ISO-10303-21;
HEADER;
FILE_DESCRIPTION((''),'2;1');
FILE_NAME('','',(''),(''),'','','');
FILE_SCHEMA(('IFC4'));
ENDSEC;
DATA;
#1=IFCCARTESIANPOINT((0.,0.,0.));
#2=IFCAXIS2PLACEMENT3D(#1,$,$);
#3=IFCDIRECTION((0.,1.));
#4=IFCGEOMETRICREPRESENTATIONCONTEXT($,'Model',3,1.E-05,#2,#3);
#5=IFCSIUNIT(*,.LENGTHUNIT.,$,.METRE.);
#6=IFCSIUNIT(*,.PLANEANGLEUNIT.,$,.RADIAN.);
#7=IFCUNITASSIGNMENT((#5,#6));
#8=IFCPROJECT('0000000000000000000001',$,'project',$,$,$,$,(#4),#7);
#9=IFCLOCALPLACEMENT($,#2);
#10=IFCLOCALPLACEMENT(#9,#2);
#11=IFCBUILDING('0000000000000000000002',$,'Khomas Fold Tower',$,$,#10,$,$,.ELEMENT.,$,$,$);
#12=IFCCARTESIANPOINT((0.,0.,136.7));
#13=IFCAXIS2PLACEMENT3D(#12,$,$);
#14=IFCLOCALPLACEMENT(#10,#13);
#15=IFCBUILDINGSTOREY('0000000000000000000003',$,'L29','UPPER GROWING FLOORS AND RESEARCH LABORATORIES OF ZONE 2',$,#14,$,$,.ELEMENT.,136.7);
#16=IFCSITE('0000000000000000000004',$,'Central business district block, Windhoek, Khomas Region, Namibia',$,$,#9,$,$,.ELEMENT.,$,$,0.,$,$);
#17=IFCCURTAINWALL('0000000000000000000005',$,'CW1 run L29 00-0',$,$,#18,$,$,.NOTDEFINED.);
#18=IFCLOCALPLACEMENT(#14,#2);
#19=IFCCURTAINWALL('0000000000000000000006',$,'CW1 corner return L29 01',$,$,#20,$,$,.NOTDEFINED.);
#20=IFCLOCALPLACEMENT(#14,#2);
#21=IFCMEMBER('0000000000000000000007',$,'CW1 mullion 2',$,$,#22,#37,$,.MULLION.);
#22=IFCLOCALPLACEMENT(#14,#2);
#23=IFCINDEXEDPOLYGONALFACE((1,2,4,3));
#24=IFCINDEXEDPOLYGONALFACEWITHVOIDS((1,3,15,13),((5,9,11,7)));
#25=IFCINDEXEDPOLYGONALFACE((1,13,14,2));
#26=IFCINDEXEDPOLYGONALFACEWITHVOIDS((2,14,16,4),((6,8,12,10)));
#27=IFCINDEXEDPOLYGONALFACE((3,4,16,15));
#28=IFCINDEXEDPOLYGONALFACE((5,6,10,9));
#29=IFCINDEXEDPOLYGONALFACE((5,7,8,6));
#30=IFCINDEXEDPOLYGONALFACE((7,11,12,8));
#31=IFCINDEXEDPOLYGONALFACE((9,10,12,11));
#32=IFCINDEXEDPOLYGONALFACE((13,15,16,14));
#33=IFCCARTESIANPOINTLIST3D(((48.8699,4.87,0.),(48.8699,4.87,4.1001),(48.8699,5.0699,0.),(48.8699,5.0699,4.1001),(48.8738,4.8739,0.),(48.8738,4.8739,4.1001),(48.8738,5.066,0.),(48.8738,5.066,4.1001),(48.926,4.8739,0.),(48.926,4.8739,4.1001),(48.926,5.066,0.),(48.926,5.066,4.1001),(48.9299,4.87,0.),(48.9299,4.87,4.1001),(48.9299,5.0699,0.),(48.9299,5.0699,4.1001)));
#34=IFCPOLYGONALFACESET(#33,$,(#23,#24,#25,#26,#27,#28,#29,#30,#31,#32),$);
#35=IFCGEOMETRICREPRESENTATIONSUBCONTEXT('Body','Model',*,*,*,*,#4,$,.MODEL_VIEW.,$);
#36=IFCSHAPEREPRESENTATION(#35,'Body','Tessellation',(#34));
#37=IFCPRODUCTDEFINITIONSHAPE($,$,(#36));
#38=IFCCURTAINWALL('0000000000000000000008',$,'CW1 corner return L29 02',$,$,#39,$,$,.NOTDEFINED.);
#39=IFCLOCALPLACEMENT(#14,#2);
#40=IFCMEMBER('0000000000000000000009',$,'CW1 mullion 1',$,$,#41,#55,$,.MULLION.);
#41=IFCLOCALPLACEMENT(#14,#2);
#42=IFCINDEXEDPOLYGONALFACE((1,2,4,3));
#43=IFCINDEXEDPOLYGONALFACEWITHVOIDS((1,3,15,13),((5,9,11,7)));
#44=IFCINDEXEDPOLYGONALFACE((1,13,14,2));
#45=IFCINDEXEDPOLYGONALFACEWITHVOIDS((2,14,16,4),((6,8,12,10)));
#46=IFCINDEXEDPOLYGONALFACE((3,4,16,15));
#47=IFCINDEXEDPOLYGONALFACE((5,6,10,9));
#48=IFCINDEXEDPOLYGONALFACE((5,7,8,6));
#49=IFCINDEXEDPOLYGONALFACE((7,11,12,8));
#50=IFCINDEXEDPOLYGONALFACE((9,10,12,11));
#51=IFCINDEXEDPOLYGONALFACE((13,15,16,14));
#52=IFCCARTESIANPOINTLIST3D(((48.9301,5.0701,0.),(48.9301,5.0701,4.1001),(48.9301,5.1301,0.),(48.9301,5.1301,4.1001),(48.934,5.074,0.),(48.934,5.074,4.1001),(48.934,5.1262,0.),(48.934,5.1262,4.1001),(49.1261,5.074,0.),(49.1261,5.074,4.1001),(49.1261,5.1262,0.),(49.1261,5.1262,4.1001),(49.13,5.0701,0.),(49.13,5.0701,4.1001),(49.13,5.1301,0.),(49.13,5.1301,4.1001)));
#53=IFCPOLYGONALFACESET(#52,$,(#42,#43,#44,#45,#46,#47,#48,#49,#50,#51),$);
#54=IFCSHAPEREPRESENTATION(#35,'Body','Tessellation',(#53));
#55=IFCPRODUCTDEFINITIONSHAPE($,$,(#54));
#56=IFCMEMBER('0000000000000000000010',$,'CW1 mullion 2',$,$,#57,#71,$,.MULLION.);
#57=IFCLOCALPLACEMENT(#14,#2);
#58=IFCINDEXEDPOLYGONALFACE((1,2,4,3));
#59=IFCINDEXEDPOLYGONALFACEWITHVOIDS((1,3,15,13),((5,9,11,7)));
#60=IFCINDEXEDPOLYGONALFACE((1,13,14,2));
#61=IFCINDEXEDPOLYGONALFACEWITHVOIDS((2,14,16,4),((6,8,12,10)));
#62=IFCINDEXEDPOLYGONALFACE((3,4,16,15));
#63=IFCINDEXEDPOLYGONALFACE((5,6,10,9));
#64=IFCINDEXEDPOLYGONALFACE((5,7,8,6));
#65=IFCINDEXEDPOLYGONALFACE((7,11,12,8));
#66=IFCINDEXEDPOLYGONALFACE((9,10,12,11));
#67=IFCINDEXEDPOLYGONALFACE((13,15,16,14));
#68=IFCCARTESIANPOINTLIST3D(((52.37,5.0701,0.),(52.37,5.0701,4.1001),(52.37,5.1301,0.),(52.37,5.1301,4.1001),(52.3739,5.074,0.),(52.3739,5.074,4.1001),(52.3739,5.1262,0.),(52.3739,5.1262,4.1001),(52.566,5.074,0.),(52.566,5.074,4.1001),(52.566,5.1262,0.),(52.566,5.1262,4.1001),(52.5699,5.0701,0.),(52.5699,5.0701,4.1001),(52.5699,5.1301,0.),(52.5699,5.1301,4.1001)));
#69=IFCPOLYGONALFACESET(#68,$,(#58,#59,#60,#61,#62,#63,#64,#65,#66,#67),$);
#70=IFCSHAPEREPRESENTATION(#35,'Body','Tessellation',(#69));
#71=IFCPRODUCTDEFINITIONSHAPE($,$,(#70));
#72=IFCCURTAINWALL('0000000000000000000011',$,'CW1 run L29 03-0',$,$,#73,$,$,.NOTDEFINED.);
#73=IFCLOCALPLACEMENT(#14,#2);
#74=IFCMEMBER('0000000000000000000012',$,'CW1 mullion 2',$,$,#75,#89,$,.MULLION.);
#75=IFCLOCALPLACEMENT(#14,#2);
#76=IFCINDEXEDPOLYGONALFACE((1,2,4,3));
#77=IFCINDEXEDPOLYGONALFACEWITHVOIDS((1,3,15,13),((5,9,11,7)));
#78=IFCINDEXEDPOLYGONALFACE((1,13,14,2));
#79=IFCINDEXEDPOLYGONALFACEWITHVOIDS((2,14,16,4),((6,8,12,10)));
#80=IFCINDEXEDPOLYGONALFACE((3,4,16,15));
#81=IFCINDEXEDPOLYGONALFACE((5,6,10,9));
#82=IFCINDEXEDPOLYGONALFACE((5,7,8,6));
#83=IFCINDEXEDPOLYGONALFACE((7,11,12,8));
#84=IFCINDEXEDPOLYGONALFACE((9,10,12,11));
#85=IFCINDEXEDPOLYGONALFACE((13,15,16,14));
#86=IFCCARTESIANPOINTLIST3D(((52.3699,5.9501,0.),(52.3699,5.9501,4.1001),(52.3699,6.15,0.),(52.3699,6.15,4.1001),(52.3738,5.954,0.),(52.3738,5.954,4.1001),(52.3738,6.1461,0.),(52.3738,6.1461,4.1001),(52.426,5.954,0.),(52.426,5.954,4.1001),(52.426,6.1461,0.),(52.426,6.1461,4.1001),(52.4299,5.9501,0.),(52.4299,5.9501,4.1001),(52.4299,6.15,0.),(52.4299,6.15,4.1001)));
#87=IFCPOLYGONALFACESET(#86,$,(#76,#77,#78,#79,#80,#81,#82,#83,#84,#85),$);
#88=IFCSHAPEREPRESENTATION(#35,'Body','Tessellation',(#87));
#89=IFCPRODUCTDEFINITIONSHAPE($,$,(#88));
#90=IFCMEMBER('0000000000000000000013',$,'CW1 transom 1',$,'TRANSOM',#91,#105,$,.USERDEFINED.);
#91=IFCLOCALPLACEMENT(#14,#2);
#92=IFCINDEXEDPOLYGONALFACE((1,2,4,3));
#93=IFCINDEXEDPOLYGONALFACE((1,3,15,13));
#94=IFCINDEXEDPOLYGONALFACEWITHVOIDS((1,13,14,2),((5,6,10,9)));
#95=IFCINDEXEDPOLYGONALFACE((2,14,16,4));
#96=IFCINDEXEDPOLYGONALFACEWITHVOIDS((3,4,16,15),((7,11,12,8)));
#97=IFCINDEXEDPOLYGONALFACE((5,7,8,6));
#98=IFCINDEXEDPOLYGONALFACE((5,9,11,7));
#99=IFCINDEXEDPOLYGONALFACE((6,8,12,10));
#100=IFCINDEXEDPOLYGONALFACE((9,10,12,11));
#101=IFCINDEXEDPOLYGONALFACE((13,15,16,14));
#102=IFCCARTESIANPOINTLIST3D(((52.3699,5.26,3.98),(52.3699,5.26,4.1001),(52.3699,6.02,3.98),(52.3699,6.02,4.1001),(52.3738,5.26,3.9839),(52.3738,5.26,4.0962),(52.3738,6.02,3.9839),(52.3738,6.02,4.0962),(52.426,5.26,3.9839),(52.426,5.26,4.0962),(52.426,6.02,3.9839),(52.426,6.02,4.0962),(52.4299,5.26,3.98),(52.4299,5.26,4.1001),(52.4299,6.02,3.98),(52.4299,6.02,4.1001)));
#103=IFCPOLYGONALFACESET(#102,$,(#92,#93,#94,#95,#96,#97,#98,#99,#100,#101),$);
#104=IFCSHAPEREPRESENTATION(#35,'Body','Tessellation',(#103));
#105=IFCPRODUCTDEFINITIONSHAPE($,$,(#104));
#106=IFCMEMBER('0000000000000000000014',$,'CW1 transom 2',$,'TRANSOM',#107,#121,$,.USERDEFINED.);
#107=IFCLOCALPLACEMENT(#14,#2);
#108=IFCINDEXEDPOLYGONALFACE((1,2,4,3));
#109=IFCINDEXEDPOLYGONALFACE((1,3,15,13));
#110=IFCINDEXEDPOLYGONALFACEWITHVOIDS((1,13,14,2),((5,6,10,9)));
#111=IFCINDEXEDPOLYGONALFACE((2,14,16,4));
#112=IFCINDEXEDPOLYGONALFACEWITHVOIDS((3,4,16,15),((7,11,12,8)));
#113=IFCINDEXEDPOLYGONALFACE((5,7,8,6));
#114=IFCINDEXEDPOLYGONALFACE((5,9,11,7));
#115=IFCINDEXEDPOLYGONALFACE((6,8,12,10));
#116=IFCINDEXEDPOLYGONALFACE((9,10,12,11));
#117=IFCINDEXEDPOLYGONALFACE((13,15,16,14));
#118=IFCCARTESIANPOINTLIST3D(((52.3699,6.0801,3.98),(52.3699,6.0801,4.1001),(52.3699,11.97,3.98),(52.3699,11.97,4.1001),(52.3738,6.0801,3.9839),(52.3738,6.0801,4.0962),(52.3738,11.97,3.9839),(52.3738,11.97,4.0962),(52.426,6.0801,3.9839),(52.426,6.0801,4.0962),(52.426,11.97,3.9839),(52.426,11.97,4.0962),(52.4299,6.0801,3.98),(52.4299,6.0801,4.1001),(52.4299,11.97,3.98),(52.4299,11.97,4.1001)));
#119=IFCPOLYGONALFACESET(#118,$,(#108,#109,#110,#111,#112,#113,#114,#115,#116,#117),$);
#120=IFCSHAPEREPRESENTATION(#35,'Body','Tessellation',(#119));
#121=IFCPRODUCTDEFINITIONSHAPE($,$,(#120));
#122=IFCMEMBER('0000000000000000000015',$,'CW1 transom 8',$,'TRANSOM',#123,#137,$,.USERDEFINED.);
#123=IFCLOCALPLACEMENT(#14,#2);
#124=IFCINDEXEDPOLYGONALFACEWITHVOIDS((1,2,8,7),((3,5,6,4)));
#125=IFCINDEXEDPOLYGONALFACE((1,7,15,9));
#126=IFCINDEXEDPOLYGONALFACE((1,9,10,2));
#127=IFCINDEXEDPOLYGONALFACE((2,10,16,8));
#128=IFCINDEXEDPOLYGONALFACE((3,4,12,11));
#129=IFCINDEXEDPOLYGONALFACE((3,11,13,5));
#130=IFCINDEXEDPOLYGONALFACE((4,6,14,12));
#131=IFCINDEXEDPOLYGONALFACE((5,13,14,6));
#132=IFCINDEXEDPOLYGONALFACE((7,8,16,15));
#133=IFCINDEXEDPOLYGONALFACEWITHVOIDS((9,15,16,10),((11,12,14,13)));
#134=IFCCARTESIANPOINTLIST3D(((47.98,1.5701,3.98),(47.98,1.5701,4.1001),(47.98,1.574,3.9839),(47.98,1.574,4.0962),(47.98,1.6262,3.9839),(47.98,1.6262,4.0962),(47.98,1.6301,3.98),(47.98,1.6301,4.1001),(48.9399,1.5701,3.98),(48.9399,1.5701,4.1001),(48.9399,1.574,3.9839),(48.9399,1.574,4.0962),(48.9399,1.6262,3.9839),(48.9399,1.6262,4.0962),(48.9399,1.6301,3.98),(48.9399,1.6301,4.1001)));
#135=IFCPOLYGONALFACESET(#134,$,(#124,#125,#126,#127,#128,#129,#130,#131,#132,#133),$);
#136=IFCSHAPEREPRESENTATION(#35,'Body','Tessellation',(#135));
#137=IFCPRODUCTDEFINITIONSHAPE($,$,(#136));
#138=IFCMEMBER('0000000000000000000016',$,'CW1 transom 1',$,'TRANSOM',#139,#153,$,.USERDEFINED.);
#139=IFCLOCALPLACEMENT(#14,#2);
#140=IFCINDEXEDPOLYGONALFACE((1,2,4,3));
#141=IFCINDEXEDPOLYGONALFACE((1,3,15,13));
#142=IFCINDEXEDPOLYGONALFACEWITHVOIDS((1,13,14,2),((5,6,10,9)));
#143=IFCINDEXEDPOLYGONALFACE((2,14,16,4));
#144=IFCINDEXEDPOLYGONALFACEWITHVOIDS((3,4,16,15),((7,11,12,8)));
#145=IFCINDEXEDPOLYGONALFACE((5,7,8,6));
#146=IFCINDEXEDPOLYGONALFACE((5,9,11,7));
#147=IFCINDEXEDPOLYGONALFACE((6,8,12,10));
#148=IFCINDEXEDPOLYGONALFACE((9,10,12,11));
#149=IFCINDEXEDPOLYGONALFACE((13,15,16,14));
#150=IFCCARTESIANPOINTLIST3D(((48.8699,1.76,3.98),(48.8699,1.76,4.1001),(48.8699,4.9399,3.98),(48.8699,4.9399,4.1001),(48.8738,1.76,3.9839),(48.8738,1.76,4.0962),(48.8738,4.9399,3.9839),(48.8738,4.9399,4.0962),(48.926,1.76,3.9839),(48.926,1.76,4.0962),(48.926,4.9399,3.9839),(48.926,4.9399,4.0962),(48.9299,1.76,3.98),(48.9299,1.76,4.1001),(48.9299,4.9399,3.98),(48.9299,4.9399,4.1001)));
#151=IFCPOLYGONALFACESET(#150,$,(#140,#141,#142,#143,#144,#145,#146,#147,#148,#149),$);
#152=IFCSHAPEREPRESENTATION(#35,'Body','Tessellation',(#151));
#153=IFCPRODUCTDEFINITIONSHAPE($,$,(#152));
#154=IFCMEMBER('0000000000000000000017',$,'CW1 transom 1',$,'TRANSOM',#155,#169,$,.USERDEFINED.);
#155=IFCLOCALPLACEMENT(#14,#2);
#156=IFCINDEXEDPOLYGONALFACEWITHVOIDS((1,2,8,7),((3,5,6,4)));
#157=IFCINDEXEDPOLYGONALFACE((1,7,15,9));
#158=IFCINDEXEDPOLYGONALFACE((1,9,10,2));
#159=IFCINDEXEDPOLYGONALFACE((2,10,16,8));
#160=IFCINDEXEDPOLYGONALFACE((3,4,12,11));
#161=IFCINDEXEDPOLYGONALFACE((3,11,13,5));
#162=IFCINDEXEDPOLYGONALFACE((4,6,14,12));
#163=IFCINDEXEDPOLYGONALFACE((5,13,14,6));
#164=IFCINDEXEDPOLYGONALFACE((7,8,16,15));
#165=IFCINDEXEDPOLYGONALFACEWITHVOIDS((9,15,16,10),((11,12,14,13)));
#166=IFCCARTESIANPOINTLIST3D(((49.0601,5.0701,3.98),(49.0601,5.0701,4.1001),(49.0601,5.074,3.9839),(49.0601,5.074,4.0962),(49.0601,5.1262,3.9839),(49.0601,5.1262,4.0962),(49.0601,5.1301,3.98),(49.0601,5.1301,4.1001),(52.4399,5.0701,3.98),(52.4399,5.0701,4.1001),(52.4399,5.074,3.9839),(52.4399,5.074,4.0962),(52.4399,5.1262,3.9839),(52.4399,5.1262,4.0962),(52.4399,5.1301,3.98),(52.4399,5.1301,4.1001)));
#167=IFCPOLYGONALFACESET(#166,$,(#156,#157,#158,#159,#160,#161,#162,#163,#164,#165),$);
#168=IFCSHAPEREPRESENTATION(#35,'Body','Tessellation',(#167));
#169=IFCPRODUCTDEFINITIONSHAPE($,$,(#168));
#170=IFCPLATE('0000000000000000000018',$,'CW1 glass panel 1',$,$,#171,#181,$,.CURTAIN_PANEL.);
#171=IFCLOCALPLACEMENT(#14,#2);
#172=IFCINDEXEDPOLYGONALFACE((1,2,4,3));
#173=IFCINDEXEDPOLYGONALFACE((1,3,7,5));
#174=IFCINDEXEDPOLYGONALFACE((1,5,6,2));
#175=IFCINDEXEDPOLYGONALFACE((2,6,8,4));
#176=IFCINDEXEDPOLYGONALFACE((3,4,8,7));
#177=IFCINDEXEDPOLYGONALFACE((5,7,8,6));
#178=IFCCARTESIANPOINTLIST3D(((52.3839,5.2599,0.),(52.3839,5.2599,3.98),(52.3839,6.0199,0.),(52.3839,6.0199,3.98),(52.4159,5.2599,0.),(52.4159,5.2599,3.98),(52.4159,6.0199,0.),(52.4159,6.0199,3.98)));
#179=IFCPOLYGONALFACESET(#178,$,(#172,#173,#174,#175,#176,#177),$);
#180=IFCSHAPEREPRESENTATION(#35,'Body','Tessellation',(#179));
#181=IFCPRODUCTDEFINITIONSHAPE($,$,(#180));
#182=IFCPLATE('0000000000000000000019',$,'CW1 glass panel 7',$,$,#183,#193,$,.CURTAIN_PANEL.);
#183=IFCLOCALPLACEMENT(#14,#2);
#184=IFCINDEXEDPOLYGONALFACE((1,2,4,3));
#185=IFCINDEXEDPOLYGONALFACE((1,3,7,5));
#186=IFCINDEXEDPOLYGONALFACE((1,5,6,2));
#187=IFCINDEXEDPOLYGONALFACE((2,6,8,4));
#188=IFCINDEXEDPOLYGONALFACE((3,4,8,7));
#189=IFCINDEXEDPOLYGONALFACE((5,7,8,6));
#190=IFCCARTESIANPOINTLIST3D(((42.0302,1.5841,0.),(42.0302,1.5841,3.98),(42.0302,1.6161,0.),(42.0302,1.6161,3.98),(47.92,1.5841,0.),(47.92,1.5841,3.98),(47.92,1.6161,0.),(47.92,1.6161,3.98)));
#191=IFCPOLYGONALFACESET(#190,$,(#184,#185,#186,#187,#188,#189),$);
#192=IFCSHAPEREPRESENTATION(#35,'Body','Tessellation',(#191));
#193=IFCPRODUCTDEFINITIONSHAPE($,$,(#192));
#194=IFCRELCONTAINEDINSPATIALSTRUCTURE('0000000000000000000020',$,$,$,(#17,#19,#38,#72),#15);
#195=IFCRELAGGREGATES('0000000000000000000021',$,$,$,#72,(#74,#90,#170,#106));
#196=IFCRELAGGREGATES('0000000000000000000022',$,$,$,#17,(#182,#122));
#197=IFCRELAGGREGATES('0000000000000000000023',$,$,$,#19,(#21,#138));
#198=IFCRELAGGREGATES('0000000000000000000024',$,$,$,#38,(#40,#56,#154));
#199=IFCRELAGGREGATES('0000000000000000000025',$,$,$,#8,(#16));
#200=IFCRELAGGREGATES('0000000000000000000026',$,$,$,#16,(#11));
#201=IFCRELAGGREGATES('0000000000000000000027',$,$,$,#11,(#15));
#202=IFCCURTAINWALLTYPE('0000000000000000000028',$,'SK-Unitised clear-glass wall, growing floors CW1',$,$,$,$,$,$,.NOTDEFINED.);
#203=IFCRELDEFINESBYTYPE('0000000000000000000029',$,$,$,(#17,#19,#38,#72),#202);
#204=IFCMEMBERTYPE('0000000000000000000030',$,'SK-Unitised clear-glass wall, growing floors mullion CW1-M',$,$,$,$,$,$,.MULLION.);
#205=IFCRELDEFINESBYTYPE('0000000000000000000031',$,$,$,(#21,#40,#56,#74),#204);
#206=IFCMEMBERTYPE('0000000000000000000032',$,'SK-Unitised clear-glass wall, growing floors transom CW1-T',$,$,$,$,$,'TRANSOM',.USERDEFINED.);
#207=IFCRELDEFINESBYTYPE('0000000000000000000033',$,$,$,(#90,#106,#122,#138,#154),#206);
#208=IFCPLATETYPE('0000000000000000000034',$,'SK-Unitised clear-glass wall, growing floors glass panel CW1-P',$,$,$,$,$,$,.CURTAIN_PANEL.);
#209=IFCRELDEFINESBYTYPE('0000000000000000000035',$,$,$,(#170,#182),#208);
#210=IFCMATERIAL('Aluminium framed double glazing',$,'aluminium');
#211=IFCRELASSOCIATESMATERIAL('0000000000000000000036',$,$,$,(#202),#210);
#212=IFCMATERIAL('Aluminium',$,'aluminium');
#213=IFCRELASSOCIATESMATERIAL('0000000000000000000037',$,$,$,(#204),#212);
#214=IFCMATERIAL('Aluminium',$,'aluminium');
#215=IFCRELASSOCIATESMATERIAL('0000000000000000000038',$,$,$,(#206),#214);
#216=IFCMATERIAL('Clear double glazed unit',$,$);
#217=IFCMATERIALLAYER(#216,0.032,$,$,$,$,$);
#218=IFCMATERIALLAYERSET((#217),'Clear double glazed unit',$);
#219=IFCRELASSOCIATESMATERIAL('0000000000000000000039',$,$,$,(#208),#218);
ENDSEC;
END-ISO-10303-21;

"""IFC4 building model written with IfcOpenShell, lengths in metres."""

from ifc_helpers import new_model, si_unit, direction, frame, origin, origin_2d, place, context, subcontext, project, spatial, rectangle, hollow_rectangle, extrude, source, transform, mapped, material, layer, layer_set, material_profile, profile_set, type_object, element, aggregate, save


model = new_model("IFC4")

# Units and contexts
model_context = context("Model", 3, precision=1e-05, world=origin(), true_north=direction((0.0, 1.0)))
body_context = subcontext(model_context, "Body", "Model", "MODEL_VIEW")
ifc_project = project(units=[si_unit("LENGTHUNIT", "METRE"), si_unit("PLANEANGLEUNIT", "RADIAN")], contexts=[model_context])

# Site, building, storey
site_placement = place(None, origin())
site = spatial("IfcSite", under=ifc_project, at=site_placement, Name="Central business district block, Windhoek, Khomas Region, Namibia", CompositionType="ELEMENT", RefElevation=0.0)
building_placement = place(site_placement, origin())
building = spatial("IfcBuilding", under=site, at=building_placement, Name="Khomas Fold Tower", CompositionType="ELEMENT")
storey_placement = place(building_placement, frame((0.0, 0.0, 136.7)))
storey = spatial("IfcBuildingStorey", under=building, at=storey_placement, Name="L29", Description="UPPER GROWING FLOORS AND RESEARCH LABORATORIES OF ZONE 2", CompositionType="ELEMENT", Elevation=136.7)

# Curtain walls, members
ifc_material_1 = material(Name="Aluminium framed double glazing", Category="aluminium")
curtain_wall_type = type_object("IfcCurtainWallType", Name="SK-Unitised clear-glass wall, growing floors CW1", PredefinedType="NOTDEFINED", material=ifc_material_1)
curtain_wall_1_placement = place(storey_placement, origin())
curtain_wall_1 = element("IfcCurtainWall", 1, at=curtain_wall_1_placement, inside=storey, type_object=curtain_wall_type, Name="CW1 run L29 00-0", PredefinedType="NOTDEFINED")
ifc_material_2 = material(Name="Aluminium", Category="aluminium")
ifc_material_profile_1 = material_profile(ifc_material_2, hollow_rectangle(XDim=0.0601, YDim=0.2, WallThickness=0.0039, at=origin_2d()), Name="SK-Unitised clear-glass wall, growing floors mullion CW1-M")
ifc_profile_set_1 = profile_set([ifc_material_profile_1], Name="Aluminium")
member_type_1 = type_object("IfcMemberType", Name="SK-Unitised clear-glass wall, growing floors mullion CW1-M", PredefinedType="MULLION", material=ifc_profile_set_1)
shared_shape_1 = source(origin(), body_context, "Body", "SweptSolid", [
    extrude(hollow_rectangle(XDim=0.0601, YDim=0.2, WallThickness=0.0039, at=origin_2d()), origin(), (0.0, 0.0, 1.0), 4.1001),
])
curtain_wall_2_placement = place(storey_placement, origin())
curtain_wall_2 = element("IfcCurtainWall", 2, at=curtain_wall_2_placement, inside=storey, type_object=curtain_wall_type, Name="CW1 corner return L29 01", PredefinedType="NOTDEFINED")
member_1_placement = place(storey_placement, frame((48.8999, 4.97, 0.0), z_axis=(0.0, 0.0, 1.0), x_axis=(-1.0, 0.0, 0.0)))
member_1 = element("IfcMember", 3, at=member_1_placement, type_object=member_type_1, Name="CW1 mullion 2", PredefinedType="MULLION", context=body_context, shape_type="MappedRepresentation", body=[
    mapped(shared_shape_1, transform((0.0, 0.0, 0.0))),
])
curtain_wall_3_placement = place(storey_placement, origin())
curtain_wall_3 = element("IfcCurtainWall", 4, at=curtain_wall_3_placement, inside=storey, type_object=curtain_wall_type, Name="CW1 corner return L29 02", PredefinedType="NOTDEFINED")
member_2_placement = place(storey_placement, frame((49.03, 5.1001, 0.0), z_axis=(0.0, 0.0, 1.0), x_axis=(0.0, 1.0, 0.0)))
member_2 = element("IfcMember", 5, at=member_2_placement, type_object=member_type_1, Name="CW1 mullion 1", PredefinedType="MULLION", context=body_context, shape_type="MappedRepresentation", body=[
    mapped(shared_shape_1, transform((0.0, 0.0, 0.0))),
])
member_3_placement = place(storey_placement, frame((52.47, 5.1001, 0.0), z_axis=(0.0, 0.0, 1.0), x_axis=(0.0, 1.0, 0.0)))
member_3 = element("IfcMember", 6, at=member_3_placement, type_object=member_type_1, Name="CW1 mullion 2", PredefinedType="MULLION", context=body_context, shape_type="MappedRepresentation", body=[
    mapped(shared_shape_1, transform((0.0, 0.0, 0.0))),
])
curtain_wall_4_placement = place(storey_placement, origin())
curtain_wall_4 = element("IfcCurtainWall", 7, at=curtain_wall_4_placement, inside=storey, type_object=curtain_wall_type, Name="CW1 run L29 03-0", PredefinedType="NOTDEFINED")
member_4_placement = place(storey_placement, frame((52.3999, 6.05, 0.0), z_axis=(0.0, 0.0, 1.0), x_axis=(-1.0, 0.0, 0.0)))
member_4 = element("IfcMember", 8, at=member_4_placement, type_object=member_type_1, Name="CW1 mullion 2", PredefinedType="MULLION", context=body_context, shape_type="MappedRepresentation", body=[
    mapped(shared_shape_1, transform((0.0, 0.0, 0.0))),
])
ifc_material_3 = material(Name="Aluminium", Category="aluminium")
ifc_material_profile_2 = material_profile(ifc_material_3, hollow_rectangle(XDim=0.0601, YDim=0.1201, WallThickness=0.0039, at=origin_2d()), Name="SK-Unitised clear-glass wall, growing floors transom CW1-T")
ifc_profile_set_2 = profile_set([ifc_material_profile_2], Name="Aluminium")
member_type_2 = type_object("IfcMemberType", Name="SK-Unitised clear-glass wall, growing floors transom CW1-T", ElementType="TRANSOM", PredefinedType="USERDEFINED", material=ifc_profile_set_2)
shared_shape_2 = source(origin(), body_context, "Body", "SweptSolid", [
    extrude(hollow_rectangle(XDim=0.0601, YDim=0.1201, WallThickness=0.0039, at=origin_2d()), origin(), (0.0, 0.0, 1.0), 0.76),
])
member_5_placement = place(storey_placement, frame((52.3999, 5.26, 4.04), z_axis=(0.0, 1.0, 0.0), x_axis=(-1.0, 0.0, 0.0)))
member_5 = element("IfcMember", 9, at=member_5_placement, type_object=member_type_2, Name="CW1 transom 1", ObjectType="TRANSOM", PredefinedType="USERDEFINED", context=body_context, shape_type="MappedRepresentation", body=[
    mapped(shared_shape_2, transform((0.0, 0.0, 0.0))),
])
shared_shape_3 = source(origin(), body_context, "Body", "SweptSolid", [
    extrude(hollow_rectangle(XDim=0.0601, YDim=0.1201, WallThickness=0.0039, at=origin_2d()), origin(), (0.0, 0.0, 1.0), 5.8899),
])
member_6_placement = place(storey_placement, frame((52.3999, 6.0801, 4.04), z_axis=(0.0, 1.0, 0.0), x_axis=(-1.0, 0.0, 0.0)))
member_6 = element("IfcMember", 10, at=member_6_placement, type_object=member_type_2, Name="CW1 transom 2", ObjectType="TRANSOM", PredefinedType="USERDEFINED", context=body_context, shape_type="MappedRepresentation", body=[
    mapped(shared_shape_3, transform((0.0, 0.0, 0.0))),
])

# Members
shared_shape_4 = source(origin(), body_context, "Body", "SweptSolid", [
    extrude(hollow_rectangle(XDim=0.0601, YDim=0.1201, WallThickness=0.0039, at=origin_2d()), origin(), (0.0, 0.0, 1.0), 0.96),
])
member_7_placement = place(storey_placement, frame((47.98, 1.6001, 4.04), z_axis=(1.0, 0.0, 0.0), x_axis=(0.0, 1.0, 0.0)))
member_7 = element("IfcMember", 11, at=member_7_placement, type_object=member_type_2, Name="CW1 transom 8", ObjectType="TRANSOM", PredefinedType="USERDEFINED", context=body_context, shape_type="MappedRepresentation", body=[
    mapped(shared_shape_4, transform((0.0, 0.0, 0.0))),
])
shared_shape_5 = source(origin(), body_context, "Body", "SweptSolid", [
    extrude(hollow_rectangle(XDim=0.0601, YDim=0.1201, WallThickness=0.0039, at=origin_2d()), origin(), (0.0, 0.0, 1.0), 3.1799),
])
member_8_placement = place(storey_placement, frame((48.8999, 1.76, 4.04), z_axis=(0.0, 1.0, 0.0), x_axis=(-1.0, 0.0, 0.0)))
member_8 = element("IfcMember", 12, at=member_8_placement, type_object=member_type_2, Name="CW1 transom 1", ObjectType="TRANSOM", PredefinedType="USERDEFINED", context=body_context, shape_type="MappedRepresentation", body=[
    mapped(shared_shape_5, transform((0.0, 0.0, 0.0))),
])
shared_shape_6 = source(origin(), body_context, "Body", "SweptSolid", [
    extrude(hollow_rectangle(XDim=0.0601, YDim=0.1201, WallThickness=0.0039, at=origin_2d()), origin(), (0.0, 0.0, 1.0), 3.3799),
])
member_9_placement = place(storey_placement, frame((49.0601, 5.1001, 4.04), z_axis=(1.0, 0.0, 0.0), x_axis=(0.0, 1.0, 0.0)))
member_9 = element("IfcMember", 13, at=member_9_placement, type_object=member_type_2, Name="CW1 transom 1", ObjectType="TRANSOM", PredefinedType="USERDEFINED", context=body_context, shape_type="MappedRepresentation", body=[
    mapped(shared_shape_6, transform((0.0, 0.0, 0.0))),
])

# Plates
ifc_material_4 = material(Name="Clear double glazed unit")
ifc_layer = layer(ifc_material_4, 0.032)
ifc_layer_set = layer_set([ifc_layer], Name="Clear double glazed unit")
plate_type = type_object("IfcPlateType", Name="SK-Unitised clear-glass wall, growing floors glass panel CW1-P", PredefinedType="CURTAIN_PANEL", material=ifc_layer_set)
shared_shape_7 = source(origin(), body_context, "Body", "SweptSolid", [
    extrude(rectangle(XDim=0.76, YDim=0.032, at=origin_2d()), origin(), (0.0, 0.0, 1.0), 3.98),
])
plate_1_placement = place(storey_placement, frame((52.3999, 5.6399, 0.0), z_axis=(0.0, 0.0, 1.0), x_axis=(0.0, 1.0, 0.0)))
plate_1 = element("IfcPlate", 14, at=plate_1_placement, type_object=plate_type, Name="CW1 glass panel 1", PredefinedType="CURTAIN_PANEL", context=body_context, shape_type="MappedRepresentation", body=[
    mapped(shared_shape_7, transform((0.0, 0.0, 0.0))),
])
aggregate(curtain_wall_4, [member_4, member_5, plate_1, member_6])
shared_shape_8 = source(origin(), body_context, "Body", "SweptSolid", [
    extrude(rectangle(XDim=5.8899, YDim=0.032, at=origin_2d()), origin(), (0.0, 0.0, 1.0), 3.98),
])
plate_2_placement = place(storey_placement, frame((44.9751, 1.6001, 0.0), z_axis=(0.0, 0.0, 1.0), x_axis=(1.0, 0.0, 0.0)))
plate_2 = element("IfcPlate", 15, at=plate_2_placement, type_object=plate_type, Name="CW1 glass panel 7", PredefinedType="CURTAIN_PANEL", context=body_context, shape_type="MappedRepresentation", body=[
    mapped(shared_shape_8, transform((0.0, 0.0, 0.0))),
])
aggregate(curtain_wall_1, [plate_2, member_7])
aggregate(curtain_wall_2, [member_1, member_8])
aggregate(curtain_wall_3, [member_2, member_3, member_9])

save(model, "model.ifc")
